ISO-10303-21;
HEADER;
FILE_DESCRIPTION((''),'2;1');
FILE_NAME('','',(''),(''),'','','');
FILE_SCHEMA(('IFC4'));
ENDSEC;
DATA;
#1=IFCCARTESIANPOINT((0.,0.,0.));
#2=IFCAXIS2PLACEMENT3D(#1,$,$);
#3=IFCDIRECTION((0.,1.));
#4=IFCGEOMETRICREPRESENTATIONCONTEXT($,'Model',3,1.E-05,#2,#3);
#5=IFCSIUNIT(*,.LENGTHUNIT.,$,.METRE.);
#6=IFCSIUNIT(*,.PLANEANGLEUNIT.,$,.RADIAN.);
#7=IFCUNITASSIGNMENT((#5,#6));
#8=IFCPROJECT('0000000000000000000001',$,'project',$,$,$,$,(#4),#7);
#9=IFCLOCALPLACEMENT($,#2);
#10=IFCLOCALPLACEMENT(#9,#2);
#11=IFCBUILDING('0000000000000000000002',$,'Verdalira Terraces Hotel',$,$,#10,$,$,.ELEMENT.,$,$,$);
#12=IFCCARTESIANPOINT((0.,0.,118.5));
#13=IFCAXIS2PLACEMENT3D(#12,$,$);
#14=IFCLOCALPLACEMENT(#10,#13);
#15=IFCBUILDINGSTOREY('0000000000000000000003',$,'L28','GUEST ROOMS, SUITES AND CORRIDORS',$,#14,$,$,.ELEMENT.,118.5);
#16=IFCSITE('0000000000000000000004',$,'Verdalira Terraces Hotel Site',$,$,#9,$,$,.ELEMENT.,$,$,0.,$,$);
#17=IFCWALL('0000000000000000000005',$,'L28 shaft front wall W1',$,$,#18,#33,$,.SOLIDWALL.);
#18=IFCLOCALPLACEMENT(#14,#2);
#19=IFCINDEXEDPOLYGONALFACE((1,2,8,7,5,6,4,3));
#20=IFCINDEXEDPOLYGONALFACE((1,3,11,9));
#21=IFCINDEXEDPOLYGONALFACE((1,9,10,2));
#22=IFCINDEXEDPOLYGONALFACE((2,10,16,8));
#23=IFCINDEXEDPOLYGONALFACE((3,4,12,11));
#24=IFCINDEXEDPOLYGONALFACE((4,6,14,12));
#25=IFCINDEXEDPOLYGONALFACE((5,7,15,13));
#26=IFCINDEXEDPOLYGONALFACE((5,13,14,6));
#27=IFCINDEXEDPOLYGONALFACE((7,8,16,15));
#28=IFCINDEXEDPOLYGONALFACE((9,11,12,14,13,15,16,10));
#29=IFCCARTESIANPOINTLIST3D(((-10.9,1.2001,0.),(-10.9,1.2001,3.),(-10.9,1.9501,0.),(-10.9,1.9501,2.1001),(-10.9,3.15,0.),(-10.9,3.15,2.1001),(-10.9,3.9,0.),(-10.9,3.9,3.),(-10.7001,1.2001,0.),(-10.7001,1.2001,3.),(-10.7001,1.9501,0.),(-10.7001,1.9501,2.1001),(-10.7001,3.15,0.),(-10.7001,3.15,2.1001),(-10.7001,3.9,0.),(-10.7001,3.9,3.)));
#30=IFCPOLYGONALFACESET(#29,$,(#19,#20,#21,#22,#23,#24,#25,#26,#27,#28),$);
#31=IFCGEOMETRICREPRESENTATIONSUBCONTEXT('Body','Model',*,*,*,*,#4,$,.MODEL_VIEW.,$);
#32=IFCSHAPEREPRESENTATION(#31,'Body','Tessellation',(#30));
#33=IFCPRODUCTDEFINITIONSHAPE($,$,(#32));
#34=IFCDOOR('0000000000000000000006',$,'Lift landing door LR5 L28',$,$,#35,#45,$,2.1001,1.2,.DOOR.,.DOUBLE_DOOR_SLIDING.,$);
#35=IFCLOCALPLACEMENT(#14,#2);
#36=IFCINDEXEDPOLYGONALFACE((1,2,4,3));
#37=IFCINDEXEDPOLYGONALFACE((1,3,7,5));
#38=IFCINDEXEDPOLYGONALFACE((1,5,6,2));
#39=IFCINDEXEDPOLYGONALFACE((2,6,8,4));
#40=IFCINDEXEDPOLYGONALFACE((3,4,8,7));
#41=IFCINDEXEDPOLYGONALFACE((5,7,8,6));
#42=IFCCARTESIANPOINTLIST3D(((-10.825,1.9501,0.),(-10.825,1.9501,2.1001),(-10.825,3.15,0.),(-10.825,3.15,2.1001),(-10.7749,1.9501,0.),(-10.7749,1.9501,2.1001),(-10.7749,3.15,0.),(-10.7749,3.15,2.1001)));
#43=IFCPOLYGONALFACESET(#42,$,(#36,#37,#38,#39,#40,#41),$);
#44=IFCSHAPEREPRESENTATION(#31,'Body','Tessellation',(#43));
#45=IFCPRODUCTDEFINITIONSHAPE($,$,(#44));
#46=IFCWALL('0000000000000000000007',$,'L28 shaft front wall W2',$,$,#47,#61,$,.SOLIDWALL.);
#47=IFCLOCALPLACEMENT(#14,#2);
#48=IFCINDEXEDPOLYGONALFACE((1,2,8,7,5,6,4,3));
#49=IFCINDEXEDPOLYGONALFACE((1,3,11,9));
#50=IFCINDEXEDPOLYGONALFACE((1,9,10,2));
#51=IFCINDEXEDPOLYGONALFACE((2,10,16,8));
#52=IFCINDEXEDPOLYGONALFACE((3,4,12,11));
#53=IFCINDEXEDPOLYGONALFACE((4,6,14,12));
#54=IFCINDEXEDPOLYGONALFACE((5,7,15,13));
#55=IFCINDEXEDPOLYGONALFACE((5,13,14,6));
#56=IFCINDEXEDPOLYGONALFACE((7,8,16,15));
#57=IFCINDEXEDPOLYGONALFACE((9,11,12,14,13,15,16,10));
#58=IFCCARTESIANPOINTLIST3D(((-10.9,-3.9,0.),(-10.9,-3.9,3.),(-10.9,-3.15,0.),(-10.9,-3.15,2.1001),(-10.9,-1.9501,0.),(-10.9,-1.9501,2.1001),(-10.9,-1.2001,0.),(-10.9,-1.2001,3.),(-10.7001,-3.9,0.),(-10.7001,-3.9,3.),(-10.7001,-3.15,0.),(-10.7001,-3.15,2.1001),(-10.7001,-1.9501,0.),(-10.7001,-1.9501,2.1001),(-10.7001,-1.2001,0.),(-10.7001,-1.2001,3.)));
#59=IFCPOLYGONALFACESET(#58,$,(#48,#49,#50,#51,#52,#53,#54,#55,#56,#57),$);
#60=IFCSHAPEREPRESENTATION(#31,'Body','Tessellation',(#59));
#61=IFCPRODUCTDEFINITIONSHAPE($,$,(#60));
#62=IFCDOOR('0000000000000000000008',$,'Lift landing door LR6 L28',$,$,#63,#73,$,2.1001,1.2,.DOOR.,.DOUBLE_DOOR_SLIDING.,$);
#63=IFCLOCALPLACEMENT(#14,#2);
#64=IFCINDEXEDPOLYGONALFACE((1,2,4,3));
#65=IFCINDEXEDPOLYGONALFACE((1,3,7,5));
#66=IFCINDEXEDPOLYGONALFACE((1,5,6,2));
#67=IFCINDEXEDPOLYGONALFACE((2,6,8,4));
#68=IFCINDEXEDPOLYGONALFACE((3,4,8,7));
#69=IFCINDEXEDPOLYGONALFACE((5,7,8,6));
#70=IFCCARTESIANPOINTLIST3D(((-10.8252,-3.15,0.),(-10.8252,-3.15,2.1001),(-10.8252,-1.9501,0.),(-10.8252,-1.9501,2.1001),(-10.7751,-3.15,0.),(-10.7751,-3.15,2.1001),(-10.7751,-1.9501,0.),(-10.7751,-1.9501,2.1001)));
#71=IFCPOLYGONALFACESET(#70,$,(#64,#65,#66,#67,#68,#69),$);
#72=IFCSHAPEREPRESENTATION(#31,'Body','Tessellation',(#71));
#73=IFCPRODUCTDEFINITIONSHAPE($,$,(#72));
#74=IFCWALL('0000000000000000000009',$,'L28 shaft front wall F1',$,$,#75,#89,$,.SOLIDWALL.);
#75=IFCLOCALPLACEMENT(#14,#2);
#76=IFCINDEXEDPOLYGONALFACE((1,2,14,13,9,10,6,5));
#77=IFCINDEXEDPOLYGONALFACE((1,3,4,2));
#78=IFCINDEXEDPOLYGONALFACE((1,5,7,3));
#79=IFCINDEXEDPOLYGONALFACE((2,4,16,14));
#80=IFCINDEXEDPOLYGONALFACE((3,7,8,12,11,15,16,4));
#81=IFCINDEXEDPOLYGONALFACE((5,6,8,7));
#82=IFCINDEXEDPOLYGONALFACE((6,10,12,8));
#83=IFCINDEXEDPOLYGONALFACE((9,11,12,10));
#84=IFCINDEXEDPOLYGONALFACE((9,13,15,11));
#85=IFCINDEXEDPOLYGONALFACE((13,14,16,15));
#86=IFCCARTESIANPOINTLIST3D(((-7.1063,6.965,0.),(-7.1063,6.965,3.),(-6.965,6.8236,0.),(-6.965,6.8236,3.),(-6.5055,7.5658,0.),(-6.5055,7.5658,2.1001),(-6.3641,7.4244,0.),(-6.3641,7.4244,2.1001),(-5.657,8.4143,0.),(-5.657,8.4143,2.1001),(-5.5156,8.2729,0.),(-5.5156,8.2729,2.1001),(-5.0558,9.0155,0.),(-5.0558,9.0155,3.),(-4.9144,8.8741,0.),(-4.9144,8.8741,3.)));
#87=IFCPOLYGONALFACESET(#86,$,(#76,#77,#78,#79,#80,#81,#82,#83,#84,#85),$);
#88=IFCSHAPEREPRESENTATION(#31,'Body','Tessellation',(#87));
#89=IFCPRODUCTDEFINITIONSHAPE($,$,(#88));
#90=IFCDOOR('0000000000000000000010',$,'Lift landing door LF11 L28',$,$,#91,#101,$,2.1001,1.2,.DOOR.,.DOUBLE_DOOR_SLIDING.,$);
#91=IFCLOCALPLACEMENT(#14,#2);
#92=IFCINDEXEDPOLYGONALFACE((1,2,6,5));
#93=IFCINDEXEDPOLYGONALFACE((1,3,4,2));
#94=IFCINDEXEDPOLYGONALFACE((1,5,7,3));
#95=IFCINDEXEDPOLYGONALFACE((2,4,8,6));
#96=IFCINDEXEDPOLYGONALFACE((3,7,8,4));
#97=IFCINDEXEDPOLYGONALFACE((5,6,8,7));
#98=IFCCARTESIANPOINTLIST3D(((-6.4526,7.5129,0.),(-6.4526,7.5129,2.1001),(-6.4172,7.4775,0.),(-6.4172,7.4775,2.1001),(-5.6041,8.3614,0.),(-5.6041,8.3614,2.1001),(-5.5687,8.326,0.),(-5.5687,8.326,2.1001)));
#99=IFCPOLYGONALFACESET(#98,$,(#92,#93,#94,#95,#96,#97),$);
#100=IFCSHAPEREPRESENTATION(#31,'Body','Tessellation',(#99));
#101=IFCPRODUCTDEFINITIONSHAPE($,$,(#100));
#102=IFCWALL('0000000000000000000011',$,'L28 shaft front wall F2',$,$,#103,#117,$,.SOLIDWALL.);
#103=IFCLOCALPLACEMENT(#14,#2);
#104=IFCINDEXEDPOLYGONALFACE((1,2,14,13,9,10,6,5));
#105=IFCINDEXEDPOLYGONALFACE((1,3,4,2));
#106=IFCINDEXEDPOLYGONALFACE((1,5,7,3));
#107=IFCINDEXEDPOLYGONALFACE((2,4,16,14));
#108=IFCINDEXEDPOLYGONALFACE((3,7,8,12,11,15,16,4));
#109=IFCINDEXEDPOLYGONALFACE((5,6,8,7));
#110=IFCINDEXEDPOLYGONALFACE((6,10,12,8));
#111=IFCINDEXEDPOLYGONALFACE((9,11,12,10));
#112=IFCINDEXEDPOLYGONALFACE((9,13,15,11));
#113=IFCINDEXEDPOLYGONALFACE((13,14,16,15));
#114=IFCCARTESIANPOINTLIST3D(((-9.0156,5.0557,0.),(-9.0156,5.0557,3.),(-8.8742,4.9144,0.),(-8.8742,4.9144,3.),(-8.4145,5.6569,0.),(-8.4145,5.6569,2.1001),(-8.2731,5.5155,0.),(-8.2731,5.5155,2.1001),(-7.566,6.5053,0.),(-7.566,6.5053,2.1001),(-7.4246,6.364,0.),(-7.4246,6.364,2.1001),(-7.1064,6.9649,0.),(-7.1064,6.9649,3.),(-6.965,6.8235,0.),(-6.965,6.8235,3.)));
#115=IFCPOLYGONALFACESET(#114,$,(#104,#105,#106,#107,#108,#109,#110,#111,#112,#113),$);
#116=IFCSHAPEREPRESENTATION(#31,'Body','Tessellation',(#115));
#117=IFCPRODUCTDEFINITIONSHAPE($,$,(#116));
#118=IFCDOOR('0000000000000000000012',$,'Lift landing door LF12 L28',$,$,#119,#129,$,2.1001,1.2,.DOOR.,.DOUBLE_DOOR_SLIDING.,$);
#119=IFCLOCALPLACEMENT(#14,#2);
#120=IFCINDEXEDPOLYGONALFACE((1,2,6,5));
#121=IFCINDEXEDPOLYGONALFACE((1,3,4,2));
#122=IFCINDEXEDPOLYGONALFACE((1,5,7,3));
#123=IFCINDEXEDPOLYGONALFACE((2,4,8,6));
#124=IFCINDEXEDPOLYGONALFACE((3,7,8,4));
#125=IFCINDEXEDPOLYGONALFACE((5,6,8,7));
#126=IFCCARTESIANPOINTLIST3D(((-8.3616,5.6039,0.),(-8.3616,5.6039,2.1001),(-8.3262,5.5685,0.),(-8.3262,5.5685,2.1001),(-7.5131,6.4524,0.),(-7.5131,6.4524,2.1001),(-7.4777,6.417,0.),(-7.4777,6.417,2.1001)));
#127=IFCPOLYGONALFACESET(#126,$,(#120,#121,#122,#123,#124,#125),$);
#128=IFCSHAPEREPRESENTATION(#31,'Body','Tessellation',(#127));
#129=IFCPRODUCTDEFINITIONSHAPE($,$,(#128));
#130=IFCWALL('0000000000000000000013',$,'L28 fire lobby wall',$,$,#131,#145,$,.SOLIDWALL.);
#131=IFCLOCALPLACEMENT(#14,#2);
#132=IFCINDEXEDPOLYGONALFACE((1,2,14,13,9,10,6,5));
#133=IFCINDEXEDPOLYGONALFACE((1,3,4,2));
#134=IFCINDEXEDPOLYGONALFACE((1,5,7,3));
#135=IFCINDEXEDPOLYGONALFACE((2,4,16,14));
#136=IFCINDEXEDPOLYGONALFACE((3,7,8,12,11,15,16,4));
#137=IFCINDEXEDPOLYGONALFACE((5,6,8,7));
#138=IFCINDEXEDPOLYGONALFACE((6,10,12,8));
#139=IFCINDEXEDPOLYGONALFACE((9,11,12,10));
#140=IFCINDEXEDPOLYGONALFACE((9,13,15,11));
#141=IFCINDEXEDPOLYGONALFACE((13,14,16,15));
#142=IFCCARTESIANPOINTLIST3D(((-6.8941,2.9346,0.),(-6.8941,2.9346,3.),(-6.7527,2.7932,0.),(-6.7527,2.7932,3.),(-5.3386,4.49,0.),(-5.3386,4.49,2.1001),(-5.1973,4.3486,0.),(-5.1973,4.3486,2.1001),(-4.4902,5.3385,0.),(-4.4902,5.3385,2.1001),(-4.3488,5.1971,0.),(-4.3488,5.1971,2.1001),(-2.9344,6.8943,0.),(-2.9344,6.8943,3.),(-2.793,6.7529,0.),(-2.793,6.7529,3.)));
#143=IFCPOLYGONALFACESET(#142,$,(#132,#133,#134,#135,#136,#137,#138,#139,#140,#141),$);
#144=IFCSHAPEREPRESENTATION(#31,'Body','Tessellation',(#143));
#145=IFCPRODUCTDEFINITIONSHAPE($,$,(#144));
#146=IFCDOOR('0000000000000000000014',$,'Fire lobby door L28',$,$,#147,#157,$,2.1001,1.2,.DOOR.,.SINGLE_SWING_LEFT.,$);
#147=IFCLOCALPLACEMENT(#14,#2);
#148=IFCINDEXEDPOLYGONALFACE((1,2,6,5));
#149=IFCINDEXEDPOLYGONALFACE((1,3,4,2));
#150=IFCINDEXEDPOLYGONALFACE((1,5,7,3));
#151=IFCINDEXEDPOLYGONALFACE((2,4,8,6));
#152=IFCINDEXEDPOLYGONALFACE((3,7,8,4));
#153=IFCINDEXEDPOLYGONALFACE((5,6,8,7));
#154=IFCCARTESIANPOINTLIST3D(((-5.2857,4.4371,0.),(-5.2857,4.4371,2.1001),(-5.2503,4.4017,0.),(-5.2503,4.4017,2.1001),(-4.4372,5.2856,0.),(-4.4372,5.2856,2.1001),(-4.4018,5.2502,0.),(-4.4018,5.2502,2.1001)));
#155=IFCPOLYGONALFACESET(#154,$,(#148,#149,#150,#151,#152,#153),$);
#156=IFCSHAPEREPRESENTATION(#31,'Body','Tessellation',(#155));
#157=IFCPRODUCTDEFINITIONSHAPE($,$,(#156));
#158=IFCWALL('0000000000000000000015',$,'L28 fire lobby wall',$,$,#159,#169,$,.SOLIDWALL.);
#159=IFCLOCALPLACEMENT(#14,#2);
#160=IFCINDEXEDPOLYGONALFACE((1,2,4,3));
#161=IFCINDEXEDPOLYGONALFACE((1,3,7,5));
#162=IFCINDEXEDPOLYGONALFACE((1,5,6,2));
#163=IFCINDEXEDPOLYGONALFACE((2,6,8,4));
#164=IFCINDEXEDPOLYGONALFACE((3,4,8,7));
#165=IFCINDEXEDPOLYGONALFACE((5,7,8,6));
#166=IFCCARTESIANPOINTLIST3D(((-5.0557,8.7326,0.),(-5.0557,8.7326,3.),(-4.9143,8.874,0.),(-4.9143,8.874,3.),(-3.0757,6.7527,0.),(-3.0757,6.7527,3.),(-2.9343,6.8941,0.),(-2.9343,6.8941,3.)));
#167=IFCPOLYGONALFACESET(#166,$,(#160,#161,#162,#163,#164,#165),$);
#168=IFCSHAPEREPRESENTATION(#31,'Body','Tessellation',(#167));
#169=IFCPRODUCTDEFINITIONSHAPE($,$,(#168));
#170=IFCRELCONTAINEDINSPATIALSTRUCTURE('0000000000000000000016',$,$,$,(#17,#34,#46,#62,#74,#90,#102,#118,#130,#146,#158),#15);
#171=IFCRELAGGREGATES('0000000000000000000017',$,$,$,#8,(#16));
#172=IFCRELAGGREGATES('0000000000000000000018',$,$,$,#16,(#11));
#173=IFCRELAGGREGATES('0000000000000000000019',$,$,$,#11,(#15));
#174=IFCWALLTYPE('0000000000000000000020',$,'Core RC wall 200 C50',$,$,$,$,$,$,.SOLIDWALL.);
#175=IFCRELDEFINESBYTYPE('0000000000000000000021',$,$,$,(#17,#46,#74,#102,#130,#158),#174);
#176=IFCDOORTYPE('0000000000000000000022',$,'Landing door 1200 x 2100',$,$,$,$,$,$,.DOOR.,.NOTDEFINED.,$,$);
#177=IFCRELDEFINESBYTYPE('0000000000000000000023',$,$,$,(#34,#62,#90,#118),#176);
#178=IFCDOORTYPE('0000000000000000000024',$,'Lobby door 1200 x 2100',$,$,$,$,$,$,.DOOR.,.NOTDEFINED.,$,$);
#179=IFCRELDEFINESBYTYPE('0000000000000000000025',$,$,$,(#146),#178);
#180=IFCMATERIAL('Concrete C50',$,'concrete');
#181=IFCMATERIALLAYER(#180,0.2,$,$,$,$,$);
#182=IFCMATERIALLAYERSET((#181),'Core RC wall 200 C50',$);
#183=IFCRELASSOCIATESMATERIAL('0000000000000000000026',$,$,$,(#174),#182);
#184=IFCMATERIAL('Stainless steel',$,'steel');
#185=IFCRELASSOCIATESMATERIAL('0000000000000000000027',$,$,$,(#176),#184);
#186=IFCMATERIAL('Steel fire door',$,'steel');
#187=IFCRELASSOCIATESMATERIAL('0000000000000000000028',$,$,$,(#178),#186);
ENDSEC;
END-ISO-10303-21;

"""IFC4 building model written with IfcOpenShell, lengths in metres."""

from ifc_helpers import new_model, si_unit, direction, frame, frame_2d, origin, place, context, subcontext, project, spatial, rectangle, extrude, material, layer, layer_set, type_object, element, fill, save


model = new_model("IFC4")

# Units and contexts
model_context = context("Model", 3, precision=1e-05, world=origin(), true_north=direction((0.0, 1.0)))
body_context = subcontext(model_context, "Body", "Model", "MODEL_VIEW")
ifc_project = project(units=[si_unit("LENGTHUNIT", "METRE"), si_unit("PLANEANGLEUNIT", "RADIAN")], contexts=[model_context])

# Site, building, storey
site_placement = place(None, origin())
site = spatial("IfcSite", under=ifc_project, at=site_placement, Name="Verdalira Terraces Hotel Site", CompositionType="ELEMENT", RefElevation=0.0)
building_placement = place(site_placement, origin())
building = spatial("IfcBuilding", under=site, at=building_placement, Name="Verdalira Terraces Hotel", CompositionType="ELEMENT")
storey_placement = place(building_placement, frame((0.0, 0.0, 118.5)))
storey = spatial("IfcBuildingStorey", under=building, at=storey_placement, Name="L28", Description="GUEST ROOMS, SUITES AND CORRIDORS", CompositionType="ELEMENT", Elevation=118.5)

# Walls, openings, doors
ifc_material_1 = material(Name="Concrete C50", Category="concrete")
ifc_layer_1 = layer(ifc_material_1, 0.2)
ifc_layer_set_1 = layer_set([ifc_layer_1], Name="Core RC wall 200 C50")
wall_type_1 = type_object("IfcWallType", Name="Core RC wall 200 C50", PredefinedType="SOLIDWALL", material=ifc_layer_set_1)
wall_1_placement = place(storey_placement, frame((-10.8, 1.2, 0.0), z_axis=(0.0, 0.0, 1.0), x_axis=(0.0, 1.0, 0.0)))
wall_1 = element("IfcWall", 1, at=wall_1_placement, inside=storey, type_object=wall_type_1, Name="L28 shaft front wall W1", PredefinedType="SOLIDWALL", context=body_context, shape_type="SweptSolid", body=[
    extrude(rectangle(XDim=2.7, YDim=0.2, at=frame_2d((1.3501, 0.0))), origin(), (0.0, 0.0, 1.0), 3.0),
])
opening_1_placement = place(wall_1_placement, frame((0.75, 0.0, 0.0)))
opening_1 = element("IfcOpeningElement", 2, at=opening_1_placement, cuts=wall_1, PredefinedType="OPENING", context=body_context, shape_type="SweptSolid", body=[
    extrude(rectangle(XDim=1.2, YDim=2.1001, at=frame_2d((0.6001, 1.05))), frame((0.0, 0.1099, 0.0), z_axis=(0.0, -1.0, 0.0), x_axis=(1.0, 0.0, 0.0)), (0.0, 0.0, 1.0), 0.22),
])
ifc_material_2 = material(Name="Stainless steel", Category="steel")
door_type_1 = type_object("IfcDoorType", Name="Landing door 1200 x 2100", OperationType="NOTDEFINED", PredefinedType="DOOR", material=ifc_material_2)
door_1_placement = place(opening_1_placement, origin())
door_1 = element("IfcDoor", 3, at=door_1_placement, inside=storey, type_object=door_type_1, Name="Lift landing door LR5 L28", OperationType="DOUBLE_DOOR_SLIDING", OverallHeight=2.1001, OverallWidth=1.2, PredefinedType="DOOR", context=body_context, shape_type="SweptSolid", body=[
    extrude(rectangle(XDim=1.2, YDim=2.1001, at=frame_2d((0.6001, 1.05))), frame((0.0, 0.0249, 0.0), z_axis=(0.0, -1.0, 0.0), x_axis=(1.0, 0.0, 0.0)), (0.0, 0.0, 1.0), 0.05),
])
fill(opening_1, door_1)
wall_2_placement = place(storey_placement, frame((-10.8, -1.2, 0.0), z_axis=(0.0, 0.0, 1.0), x_axis=(0.0, -1.0, 0.0)))
wall_2 = element("IfcWall", 4, at=wall_2_placement, inside=storey, type_object=wall_type_1, Name="L28 shaft front wall W2", PredefinedType="SOLIDWALL", context=body_context, shape_type="SweptSolid", body=[
    extrude(rectangle(XDim=2.7, YDim=0.2, at=frame_2d((1.3501, 0.0))), origin(), (0.0, 0.0, 1.0), 3.0),
])
opening_2_placement = place(wall_2_placement, frame((0.75, 0.0, 0.0)))
opening_2 = element("IfcOpeningElement", 5, at=opening_2_placement, cuts=wall_2, PredefinedType="OPENING", context=body_context, shape_type="SweptSolid", body=[
    extrude(rectangle(XDim=1.2, YDim=2.1001, at=frame_2d((0.6001, 1.05))), frame((0.0, 0.1099, 0.0), z_axis=(0.0, -1.0, 0.0), x_axis=(1.0, 0.0, 0.0)), (0.0, 0.0, 1.0), 0.22),
])
door_2_placement = place(opening_2_placement, origin())
door_2 = element("IfcDoor", 6, at=door_2_placement, inside=storey, type_object=door_type_1, Name="Lift landing door LR6 L28", OperationType="DOUBLE_DOOR_SLIDING", OverallHeight=2.1001, OverallWidth=1.2, PredefinedType="DOOR", context=body_context, shape_type="SweptSolid", body=[
    extrude(rectangle(XDim=1.2, YDim=2.1001, at=frame_2d((0.6001, 1.05))), frame((0.0, 0.0249, 0.0), z_axis=(0.0, -1.0, 0.0), x_axis=(1.0, 0.0, 0.0)), (0.0, 0.0, 1.0), 0.05),
])
fill(opening_2, door_2)
wall_3_placement = place(storey_placement, frame((-4.9851, 8.9448, 0.0), z_axis=(0.0, 0.0, 1.0), x_axis=(-0.707107, -0.707107, 0.0)))
wall_3 = element("IfcWall", 7, at=wall_3_placement, inside=storey, type_object=wall_type_1, Name="L28 shaft front wall F1", PredefinedType="SOLIDWALL", context=body_context, shape_type="SweptSolid", body=[
    extrude(rectangle(XDim=2.8999, YDim=0.2, at=frame_2d((1.45, 0.0))), origin(), (0.0, 0.0, 1.0), 3.0),
])
opening_3_placement = place(wall_3_placement, frame((0.8501, 0.0, 0.0)))
opening_3 = element("IfcOpeningElement", 8, at=opening_3_placement, cuts=wall_3, PredefinedType="OPENING", context=body_context, shape_type="SweptSolid", body=[
    extrude(rectangle(XDim=1.2, YDim=2.1001, at=frame_2d((0.6001, 1.05))), frame((0.0, 0.1099, 0.0), z_axis=(0.0, -1.0, 0.0), x_axis=(1.0, 0.0, 0.0)), (0.0, 0.0, 1.0), 0.22),
])
door_3_placement = place(opening_3_placement, origin())
door_3 = element("IfcDoor", 9, at=door_3_placement, inside=storey, type_object=door_type_1, Name="Lift landing door LF11 L28", OperationType="DOUBLE_DOOR_SLIDING", OverallHeight=2.1001, OverallWidth=1.2, PredefinedType="DOOR", context=body_context, shape_type="SweptSolid", body=[
    extrude(rectangle(XDim=1.2, YDim=2.1001, at=frame_2d((0.6001, 1.05))), frame((0.0, 0.0249, 0.0), z_axis=(0.0, -1.0, 0.0), x_axis=(1.0, 0.0, 0.0)), (0.0, 0.0, 1.0), 0.05),
])
fill(opening_3, door_3)
wall_4_placement = place(storey_placement, frame((-7.0356, 6.8943, 0.0), z_axis=(0.0, 0.0, 1.0), x_axis=(-0.707107, -0.707107, 0.0)))
wall_4 = element("IfcWall", 10, at=wall_4_placement, inside=storey, type_object=wall_type_1, Name="L28 shaft front wall F2", PredefinedType="SOLIDWALL", context=body_context, shape_type="SweptSolid", body=[
    extrude(rectangle(XDim=2.7, YDim=0.2, at=frame_2d((1.3501, 0.0))), origin(), (0.0, 0.0, 1.0), 3.0),
])
opening_4_placement = place(wall_4_placement, frame((0.6499, 0.0, 0.0)))
opening_4 = element("IfcOpeningElement", 11, at=opening_4_placement, cuts=wall_4, PredefinedType="OPENING", context=body_context, shape_type="SweptSolid", body=[
    extrude(rectangle(XDim=1.2, YDim=2.1001, at=frame_2d((0.6001, 1.05))), frame((0.0, 0.1099, 0.0), z_axis=(0.0, -1.0, 0.0), x_axis=(1.0, 0.0, 0.0)), (0.0, 0.0, 1.0), 0.22),
])
door_4_placement = place(opening_4_placement, origin())
door_4 = element("IfcDoor", 12, at=door_4_placement, inside=storey, type_object=door_type_1, Name="Lift landing door LF12 L28", OperationType="DOUBLE_DOOR_SLIDING", OverallHeight=2.1001, OverallWidth=1.2, PredefinedType="DOOR", context=body_context, shape_type="SweptSolid", body=[
    extrude(rectangle(XDim=1.2, YDim=2.1001, at=frame_2d((0.6001, 1.05))), frame((0.0, 0.0249, 0.0), z_axis=(0.0, -1.0, 0.0), x_axis=(1.0, 0.0, 0.0)), (0.0, 0.0, 1.0), 0.05),
])
fill(opening_4, door_4)
wall_5_placement = place(storey_placement, frame((-2.8638, 6.8235, 0.0), z_axis=(0.0, 0.0, 1.0), x_axis=(-0.707107, -0.707107, 0.0)))
wall_5 = element("IfcWall", 13, at=wall_5_placement, inside=storey, type_object=wall_type_1, Name="L28 fire lobby wall", PredefinedType="SOLIDWALL", context=body_context, shape_type="SweptSolid", body=[
    extrude(rectangle(XDim=5.5999, YDim=0.2, at=frame_2d((2.7998, 0.0))), origin(), (0.0, 0.0, 1.0), 3.0),
])
opening_5_placement = place(wall_5_placement, frame((2.2, 0.0, 0.0)))
opening_5 = element("IfcOpeningElement", 14, at=opening_5_placement, cuts=wall_5, PredefinedType="OPENING", context=body_context, shape_type="SweptSolid", body=[
    extrude(rectangle(XDim=1.2, YDim=2.1001, at=frame_2d((0.6001, 1.05))), frame((0.0, 0.1099, 0.0), z_axis=(0.0, -1.0, 0.0), x_axis=(1.0, 0.0, 0.0)), (0.0, 0.0, 1.0), 0.22),
])
ifc_material_3 = material(Name="Steel fire door", Category="steel")
door_type_2 = type_object("IfcDoorType", Name="Lobby door 1200 x 2100", OperationType="NOTDEFINED", PredefinedType="DOOR", material=ifc_material_3)
door_5_placement = place(opening_5_placement, origin())
door_5 = element("IfcDoor", 15, at=door_5_placement, inside=storey, type_object=door_type_2, Name="Fire lobby door L28", OperationType="SINGLE_SWING_LEFT", OverallHeight=2.1001, OverallWidth=1.2, PredefinedType="DOOR", context=body_context, shape_type="SweptSolid", body=[
    extrude(rectangle(XDim=1.2, YDim=2.1001, at=frame_2d((0.6001, 1.05))), frame((0.0, 0.0249, 0.0), z_axis=(0.0, -1.0, 0.0), x_axis=(1.0, 0.0, 0.0)), (0.0, 0.0, 1.0), 0.05),
])
fill(opening_5, door_5)

# Wall
for number, where, z_axis, x_axis, name in (
    (16, (-3.0051, 6.8235, 0.0), (0.0, 0.0, 1.0), (-0.707107, 0.707107, 0.0), "L28 fire lobby wall"),
):
    element("IfcWall", number, at=place(storey_placement, frame(where, z_axis=z_axis, x_axis=x_axis)), inside=storey, type_object=wall_type_1, Name=name, PredefinedType="SOLIDWALL", context=body_context, shape_type="SweptSolid", body=[
        extrude(rectangle(XDim=2.8, YDim=0.2, at=frame_2d((1.3999, 0.0))), origin(), (0.0, 0.0, 1.0), 3.0),
    ])

save(model, "model.ifc")
